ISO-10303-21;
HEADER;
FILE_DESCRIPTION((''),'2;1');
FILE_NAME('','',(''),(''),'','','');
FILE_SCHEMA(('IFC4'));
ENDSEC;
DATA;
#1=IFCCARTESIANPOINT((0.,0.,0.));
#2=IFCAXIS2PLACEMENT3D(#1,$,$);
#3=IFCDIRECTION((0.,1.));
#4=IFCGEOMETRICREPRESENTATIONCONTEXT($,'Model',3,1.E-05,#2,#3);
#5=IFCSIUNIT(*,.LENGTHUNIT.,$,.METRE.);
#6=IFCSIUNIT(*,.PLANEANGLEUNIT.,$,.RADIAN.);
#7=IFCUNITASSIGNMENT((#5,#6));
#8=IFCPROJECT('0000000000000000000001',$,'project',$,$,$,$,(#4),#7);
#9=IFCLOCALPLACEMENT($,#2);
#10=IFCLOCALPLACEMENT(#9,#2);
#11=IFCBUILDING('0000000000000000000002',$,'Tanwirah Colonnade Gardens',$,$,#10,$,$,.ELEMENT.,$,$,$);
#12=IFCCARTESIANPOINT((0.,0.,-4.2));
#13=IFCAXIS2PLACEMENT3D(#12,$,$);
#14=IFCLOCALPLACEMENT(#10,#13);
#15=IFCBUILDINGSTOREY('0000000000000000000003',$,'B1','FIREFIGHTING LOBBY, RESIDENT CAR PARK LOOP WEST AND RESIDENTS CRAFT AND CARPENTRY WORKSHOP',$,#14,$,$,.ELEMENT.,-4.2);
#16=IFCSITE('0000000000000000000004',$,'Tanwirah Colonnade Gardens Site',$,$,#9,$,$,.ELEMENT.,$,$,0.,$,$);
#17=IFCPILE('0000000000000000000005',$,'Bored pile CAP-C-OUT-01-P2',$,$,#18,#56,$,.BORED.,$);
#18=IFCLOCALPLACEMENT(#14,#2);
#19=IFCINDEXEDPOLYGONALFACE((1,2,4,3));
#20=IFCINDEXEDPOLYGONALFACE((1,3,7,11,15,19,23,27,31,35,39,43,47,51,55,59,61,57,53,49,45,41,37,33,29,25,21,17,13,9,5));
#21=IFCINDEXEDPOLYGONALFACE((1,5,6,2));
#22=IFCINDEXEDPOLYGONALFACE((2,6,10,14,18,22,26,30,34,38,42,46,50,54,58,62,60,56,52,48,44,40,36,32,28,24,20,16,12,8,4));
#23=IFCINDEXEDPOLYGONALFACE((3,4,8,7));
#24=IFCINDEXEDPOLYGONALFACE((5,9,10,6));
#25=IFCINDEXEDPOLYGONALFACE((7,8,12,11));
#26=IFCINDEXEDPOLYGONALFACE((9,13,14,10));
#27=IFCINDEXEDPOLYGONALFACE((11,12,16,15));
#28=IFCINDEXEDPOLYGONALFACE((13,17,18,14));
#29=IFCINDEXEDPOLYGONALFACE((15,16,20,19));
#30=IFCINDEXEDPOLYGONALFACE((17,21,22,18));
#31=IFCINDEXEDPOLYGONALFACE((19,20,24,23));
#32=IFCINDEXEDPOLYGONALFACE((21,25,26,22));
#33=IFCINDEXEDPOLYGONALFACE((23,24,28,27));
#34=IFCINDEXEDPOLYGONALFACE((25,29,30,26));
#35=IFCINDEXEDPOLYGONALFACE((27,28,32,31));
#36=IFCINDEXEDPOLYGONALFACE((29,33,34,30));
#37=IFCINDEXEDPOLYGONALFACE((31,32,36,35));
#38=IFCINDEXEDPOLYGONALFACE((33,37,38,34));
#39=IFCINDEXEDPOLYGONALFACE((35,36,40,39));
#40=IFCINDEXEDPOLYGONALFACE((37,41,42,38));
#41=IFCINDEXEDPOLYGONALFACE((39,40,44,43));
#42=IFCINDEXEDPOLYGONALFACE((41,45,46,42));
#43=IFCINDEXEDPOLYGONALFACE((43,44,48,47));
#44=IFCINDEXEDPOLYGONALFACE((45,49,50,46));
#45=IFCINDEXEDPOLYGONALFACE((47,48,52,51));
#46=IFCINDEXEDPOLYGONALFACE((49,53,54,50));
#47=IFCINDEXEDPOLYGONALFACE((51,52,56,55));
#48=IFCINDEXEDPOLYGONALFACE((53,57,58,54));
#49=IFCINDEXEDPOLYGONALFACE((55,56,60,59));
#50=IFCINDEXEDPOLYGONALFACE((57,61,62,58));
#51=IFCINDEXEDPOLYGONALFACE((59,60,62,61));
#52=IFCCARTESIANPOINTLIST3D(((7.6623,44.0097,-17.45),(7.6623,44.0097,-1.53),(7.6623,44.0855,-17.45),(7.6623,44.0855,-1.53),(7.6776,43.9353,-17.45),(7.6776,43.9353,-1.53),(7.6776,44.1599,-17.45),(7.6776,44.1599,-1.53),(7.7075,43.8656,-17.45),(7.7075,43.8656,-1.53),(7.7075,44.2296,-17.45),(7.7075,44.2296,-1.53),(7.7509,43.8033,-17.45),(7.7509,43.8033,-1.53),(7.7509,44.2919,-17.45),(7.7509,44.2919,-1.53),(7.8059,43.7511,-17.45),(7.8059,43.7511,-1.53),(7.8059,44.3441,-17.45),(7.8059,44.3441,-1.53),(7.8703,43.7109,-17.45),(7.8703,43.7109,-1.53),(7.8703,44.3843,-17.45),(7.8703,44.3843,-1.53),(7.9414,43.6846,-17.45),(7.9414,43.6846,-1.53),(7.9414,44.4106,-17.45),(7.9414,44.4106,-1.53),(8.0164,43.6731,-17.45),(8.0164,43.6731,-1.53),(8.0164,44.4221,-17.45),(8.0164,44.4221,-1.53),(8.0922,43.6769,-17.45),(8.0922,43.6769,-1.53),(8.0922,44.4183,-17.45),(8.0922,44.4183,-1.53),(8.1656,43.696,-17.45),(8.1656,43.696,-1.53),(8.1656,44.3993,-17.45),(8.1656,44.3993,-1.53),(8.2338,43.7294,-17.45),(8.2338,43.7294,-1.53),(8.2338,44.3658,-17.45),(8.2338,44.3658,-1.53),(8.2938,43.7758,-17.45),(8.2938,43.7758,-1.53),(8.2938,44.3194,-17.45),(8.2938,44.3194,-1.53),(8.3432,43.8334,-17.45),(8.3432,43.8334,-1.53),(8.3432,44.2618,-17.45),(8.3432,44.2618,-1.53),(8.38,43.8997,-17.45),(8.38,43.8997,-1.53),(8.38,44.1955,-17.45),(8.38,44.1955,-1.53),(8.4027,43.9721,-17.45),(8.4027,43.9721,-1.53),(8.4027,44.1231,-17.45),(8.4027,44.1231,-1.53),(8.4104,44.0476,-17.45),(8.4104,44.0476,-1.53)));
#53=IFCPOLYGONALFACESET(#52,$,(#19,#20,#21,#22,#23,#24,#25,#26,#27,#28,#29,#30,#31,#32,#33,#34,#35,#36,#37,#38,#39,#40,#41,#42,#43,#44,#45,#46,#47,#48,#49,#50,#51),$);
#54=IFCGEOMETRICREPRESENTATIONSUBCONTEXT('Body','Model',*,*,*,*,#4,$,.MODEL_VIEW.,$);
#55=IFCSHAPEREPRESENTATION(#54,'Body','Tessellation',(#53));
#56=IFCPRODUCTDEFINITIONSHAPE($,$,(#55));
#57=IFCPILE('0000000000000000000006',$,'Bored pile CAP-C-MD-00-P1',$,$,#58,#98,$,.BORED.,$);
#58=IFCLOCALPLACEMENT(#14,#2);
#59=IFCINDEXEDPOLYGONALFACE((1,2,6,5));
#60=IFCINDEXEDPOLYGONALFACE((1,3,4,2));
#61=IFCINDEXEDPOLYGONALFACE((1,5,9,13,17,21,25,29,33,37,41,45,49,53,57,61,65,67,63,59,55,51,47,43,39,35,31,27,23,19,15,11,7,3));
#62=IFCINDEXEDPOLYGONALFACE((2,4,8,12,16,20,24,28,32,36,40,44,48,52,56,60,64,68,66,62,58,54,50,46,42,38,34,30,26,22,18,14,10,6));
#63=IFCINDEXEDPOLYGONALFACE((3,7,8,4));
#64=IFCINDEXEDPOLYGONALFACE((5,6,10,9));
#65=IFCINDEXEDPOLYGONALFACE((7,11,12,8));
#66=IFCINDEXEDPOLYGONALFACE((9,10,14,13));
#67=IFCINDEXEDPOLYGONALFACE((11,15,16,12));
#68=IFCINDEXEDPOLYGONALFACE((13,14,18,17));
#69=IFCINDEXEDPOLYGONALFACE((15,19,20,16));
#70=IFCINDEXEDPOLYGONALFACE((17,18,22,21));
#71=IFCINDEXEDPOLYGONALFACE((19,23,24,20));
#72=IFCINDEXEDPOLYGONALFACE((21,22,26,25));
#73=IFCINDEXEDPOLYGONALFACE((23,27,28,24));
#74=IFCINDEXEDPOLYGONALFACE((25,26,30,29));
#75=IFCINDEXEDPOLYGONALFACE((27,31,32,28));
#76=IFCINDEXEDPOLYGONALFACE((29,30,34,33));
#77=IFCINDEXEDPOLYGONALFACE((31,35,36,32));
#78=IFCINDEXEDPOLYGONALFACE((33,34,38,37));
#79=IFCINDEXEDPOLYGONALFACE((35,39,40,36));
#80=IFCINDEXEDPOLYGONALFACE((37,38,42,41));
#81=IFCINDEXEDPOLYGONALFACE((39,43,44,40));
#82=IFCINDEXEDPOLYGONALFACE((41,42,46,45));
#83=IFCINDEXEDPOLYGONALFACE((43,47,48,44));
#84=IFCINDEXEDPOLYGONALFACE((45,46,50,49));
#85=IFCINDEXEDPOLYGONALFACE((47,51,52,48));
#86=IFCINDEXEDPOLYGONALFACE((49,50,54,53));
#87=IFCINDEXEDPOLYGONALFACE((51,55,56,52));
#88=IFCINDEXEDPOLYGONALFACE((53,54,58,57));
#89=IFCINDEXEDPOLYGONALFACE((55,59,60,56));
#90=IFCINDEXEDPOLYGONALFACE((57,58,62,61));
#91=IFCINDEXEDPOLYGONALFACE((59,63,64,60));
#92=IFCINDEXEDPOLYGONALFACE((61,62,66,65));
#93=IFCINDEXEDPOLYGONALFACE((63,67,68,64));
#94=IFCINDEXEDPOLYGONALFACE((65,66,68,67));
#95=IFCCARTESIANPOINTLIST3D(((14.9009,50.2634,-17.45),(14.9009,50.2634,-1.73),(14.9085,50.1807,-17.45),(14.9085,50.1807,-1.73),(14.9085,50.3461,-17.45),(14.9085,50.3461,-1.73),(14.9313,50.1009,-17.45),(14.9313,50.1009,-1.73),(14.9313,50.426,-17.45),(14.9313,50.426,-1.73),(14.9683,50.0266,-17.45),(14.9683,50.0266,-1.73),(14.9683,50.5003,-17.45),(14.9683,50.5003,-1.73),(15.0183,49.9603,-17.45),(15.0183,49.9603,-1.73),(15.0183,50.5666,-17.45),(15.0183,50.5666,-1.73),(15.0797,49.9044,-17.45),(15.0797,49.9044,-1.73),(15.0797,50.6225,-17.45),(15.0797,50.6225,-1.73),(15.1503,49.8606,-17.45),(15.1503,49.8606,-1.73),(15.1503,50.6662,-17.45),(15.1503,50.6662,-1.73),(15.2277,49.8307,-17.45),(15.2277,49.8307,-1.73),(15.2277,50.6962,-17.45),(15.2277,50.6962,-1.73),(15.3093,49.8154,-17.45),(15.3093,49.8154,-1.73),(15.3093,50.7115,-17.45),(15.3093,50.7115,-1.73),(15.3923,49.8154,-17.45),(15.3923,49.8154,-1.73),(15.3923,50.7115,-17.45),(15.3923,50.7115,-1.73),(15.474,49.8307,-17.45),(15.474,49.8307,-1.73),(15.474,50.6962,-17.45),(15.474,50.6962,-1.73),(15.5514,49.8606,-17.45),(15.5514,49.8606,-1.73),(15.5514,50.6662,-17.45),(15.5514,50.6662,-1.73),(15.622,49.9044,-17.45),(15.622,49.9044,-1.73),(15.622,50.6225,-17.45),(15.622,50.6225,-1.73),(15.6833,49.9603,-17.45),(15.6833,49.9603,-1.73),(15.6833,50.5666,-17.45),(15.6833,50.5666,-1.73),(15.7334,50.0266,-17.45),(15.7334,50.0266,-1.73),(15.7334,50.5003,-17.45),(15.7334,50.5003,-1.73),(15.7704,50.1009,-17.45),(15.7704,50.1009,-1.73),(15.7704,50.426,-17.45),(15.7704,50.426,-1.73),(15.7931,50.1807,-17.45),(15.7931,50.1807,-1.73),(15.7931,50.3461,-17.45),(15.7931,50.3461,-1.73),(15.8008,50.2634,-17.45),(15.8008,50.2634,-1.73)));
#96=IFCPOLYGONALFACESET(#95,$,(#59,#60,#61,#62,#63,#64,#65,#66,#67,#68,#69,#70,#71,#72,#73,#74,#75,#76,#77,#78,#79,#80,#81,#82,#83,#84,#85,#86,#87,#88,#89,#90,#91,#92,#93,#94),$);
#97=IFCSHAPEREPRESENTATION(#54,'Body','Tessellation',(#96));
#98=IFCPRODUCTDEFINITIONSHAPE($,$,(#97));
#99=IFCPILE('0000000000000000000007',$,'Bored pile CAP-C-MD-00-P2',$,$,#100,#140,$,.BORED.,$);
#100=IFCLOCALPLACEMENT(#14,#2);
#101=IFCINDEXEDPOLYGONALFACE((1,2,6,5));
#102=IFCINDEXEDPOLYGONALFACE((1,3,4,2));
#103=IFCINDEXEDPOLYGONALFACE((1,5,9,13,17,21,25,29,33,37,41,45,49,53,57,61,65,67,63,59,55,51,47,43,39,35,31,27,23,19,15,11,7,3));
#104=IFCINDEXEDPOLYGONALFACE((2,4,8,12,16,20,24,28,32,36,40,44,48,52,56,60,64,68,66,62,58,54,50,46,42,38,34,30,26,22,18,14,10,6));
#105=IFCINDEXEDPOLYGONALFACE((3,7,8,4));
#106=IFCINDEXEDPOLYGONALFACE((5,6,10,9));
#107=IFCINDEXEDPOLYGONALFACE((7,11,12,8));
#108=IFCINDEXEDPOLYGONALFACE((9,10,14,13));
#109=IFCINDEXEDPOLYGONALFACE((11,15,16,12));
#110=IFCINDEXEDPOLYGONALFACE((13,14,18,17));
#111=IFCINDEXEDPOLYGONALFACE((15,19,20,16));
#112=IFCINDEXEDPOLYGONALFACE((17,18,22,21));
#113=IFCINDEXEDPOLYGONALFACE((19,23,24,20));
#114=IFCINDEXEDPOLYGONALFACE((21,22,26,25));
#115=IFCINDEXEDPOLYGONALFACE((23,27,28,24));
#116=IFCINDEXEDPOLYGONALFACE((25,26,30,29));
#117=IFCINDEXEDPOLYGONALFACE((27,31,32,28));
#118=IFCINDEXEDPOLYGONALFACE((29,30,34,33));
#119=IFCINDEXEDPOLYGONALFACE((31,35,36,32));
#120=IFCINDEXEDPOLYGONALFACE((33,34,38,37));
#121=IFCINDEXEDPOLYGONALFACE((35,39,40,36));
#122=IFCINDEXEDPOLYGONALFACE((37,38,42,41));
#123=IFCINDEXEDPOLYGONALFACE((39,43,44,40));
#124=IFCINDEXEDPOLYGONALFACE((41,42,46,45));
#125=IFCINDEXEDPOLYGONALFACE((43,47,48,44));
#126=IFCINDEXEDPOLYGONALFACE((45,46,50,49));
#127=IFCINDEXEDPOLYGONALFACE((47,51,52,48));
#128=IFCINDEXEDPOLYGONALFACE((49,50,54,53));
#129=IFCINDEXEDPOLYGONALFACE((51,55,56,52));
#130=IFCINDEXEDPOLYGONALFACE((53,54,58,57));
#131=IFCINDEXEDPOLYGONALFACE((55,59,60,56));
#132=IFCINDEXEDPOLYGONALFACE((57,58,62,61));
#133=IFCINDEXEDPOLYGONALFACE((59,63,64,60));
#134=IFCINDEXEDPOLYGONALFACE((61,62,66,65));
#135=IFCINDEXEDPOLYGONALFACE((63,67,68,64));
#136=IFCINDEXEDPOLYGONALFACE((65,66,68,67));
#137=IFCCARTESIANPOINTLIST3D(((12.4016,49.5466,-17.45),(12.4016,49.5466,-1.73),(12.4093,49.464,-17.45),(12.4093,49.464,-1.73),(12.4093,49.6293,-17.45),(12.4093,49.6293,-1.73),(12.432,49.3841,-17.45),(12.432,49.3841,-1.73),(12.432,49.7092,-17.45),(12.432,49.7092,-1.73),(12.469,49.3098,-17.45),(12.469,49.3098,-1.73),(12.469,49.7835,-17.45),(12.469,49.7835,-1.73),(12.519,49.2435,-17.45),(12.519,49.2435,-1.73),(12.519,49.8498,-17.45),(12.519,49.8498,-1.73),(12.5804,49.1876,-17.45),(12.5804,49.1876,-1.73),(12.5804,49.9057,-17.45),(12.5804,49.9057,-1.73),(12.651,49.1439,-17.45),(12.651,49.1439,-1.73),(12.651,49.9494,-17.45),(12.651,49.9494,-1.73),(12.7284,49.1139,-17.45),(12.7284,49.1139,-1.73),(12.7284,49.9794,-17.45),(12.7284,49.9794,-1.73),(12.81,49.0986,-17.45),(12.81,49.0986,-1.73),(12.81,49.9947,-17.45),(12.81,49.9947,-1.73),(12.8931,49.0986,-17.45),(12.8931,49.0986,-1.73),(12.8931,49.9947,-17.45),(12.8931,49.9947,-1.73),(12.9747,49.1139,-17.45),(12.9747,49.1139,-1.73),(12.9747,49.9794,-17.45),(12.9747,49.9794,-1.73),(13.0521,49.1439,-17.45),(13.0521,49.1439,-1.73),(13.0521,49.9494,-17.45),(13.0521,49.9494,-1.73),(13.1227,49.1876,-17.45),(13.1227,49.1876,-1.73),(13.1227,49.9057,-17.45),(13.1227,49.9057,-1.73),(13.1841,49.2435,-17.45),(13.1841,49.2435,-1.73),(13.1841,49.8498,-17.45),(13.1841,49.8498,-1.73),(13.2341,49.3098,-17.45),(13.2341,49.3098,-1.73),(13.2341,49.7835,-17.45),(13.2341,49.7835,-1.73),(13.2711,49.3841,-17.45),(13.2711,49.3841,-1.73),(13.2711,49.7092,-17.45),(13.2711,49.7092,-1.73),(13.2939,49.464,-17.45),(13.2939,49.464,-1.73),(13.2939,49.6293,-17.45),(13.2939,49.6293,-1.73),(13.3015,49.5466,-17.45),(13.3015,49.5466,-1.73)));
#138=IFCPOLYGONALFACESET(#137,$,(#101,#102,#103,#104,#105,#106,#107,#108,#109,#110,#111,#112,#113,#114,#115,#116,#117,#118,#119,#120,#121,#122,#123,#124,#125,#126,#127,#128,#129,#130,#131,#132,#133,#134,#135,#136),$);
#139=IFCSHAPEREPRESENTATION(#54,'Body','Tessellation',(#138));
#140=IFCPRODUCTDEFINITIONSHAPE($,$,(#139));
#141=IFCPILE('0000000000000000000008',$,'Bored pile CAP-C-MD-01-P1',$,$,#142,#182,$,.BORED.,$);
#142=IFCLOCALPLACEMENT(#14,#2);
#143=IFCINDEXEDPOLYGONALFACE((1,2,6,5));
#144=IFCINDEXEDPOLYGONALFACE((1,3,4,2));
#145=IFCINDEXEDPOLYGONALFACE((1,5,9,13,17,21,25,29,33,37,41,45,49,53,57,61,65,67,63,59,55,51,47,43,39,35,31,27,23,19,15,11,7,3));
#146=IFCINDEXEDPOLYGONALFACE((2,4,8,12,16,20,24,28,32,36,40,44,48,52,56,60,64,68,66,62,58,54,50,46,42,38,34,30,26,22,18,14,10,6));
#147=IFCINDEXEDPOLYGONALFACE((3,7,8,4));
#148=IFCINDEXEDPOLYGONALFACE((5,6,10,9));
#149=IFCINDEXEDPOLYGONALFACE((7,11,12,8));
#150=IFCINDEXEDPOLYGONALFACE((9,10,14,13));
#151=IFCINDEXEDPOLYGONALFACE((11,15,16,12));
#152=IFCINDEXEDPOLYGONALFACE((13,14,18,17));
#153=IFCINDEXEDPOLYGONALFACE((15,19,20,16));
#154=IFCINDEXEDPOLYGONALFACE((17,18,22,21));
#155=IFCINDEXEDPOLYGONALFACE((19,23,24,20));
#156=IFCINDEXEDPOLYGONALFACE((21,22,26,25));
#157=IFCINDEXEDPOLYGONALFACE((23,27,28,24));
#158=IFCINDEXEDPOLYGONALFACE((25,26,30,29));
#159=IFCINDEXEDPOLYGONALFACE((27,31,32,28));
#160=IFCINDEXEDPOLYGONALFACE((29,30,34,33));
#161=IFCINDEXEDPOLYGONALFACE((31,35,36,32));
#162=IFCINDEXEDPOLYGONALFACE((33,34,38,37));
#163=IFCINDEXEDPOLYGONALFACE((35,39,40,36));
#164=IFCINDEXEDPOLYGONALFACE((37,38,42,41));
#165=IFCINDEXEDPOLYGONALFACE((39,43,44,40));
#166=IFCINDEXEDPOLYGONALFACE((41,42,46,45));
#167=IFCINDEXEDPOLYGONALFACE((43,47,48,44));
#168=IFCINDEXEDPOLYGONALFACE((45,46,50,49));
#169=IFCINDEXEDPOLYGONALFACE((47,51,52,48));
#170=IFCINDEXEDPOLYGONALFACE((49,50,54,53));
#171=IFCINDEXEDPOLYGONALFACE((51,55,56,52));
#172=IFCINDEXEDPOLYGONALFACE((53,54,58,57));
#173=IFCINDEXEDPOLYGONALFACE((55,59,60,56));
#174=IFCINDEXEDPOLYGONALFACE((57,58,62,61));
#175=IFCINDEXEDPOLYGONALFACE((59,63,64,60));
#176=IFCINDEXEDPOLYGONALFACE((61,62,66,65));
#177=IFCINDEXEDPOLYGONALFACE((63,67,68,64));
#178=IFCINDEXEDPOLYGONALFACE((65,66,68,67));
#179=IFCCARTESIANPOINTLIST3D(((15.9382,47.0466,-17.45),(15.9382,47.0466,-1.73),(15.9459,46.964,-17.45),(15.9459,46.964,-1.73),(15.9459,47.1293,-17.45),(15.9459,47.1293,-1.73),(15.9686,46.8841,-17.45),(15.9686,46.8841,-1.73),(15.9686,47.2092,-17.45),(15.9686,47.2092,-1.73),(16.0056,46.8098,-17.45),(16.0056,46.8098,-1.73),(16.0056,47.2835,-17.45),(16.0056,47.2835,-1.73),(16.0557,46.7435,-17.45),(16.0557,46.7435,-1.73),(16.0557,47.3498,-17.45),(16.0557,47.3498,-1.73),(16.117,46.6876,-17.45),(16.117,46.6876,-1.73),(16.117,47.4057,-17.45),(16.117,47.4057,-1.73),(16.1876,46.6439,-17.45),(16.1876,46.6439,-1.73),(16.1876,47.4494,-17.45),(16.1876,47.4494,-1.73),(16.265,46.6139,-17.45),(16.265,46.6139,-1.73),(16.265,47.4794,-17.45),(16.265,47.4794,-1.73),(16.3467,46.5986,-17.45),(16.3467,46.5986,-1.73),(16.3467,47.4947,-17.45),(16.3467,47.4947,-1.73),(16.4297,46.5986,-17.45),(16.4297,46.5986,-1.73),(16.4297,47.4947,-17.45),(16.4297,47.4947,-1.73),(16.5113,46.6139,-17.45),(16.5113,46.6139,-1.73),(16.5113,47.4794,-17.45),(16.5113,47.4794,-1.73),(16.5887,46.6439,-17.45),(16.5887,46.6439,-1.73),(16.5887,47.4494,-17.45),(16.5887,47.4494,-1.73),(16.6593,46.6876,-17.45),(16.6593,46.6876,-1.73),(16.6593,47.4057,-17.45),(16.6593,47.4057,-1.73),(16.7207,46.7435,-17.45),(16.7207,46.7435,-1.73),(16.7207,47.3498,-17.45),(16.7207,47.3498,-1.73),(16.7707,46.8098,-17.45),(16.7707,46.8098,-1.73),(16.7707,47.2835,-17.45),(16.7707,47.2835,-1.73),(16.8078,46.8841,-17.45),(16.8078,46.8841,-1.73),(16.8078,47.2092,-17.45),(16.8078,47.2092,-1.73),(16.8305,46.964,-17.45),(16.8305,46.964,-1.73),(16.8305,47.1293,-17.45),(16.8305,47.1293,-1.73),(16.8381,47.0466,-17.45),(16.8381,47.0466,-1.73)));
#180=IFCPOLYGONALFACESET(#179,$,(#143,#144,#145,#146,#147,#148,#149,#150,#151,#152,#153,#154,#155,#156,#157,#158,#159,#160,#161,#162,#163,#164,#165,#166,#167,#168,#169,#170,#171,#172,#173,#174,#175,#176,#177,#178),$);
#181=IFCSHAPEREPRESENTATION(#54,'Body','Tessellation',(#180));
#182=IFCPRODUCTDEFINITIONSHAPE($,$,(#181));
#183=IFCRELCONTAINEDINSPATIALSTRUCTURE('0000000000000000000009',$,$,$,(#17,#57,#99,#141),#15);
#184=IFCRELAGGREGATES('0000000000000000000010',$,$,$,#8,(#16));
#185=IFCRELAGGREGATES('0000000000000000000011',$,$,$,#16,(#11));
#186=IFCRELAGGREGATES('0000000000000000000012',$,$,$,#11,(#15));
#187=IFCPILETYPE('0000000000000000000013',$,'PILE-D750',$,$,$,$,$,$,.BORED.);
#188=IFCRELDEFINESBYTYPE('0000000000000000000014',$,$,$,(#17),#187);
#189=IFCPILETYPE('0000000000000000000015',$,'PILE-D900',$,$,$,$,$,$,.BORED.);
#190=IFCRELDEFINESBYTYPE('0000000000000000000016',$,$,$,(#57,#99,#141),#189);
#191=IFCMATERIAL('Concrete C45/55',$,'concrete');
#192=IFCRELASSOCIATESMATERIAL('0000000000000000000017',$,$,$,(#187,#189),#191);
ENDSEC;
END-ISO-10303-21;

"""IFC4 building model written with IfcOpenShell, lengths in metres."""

from ifc_helpers import new_model, si_unit, direction, frame, origin, origin_2d, place, context, subcontext, project, spatial, circle, extrude, material, material_profile, profile_set, type_object, element, save


model = new_model("IFC4")

# Units and contexts
model_context = context("Model", 3, precision=1e-05, world=origin(), true_north=direction((0.0, 1.0)))
body_context = subcontext(model_context, "Body", "Model", "MODEL_VIEW")
ifc_project = project(units=[si_unit("LENGTHUNIT", "METRE"), si_unit("PLANEANGLEUNIT", "RADIAN")], contexts=[model_context])

# Site, building, storey
site_placement = place(None, origin())
site = spatial("IfcSite", under=ifc_project, at=site_placement, Name="Tanwirah Colonnade Gardens Site", CompositionType="ELEMENT", RefElevation=0.0)
building_placement = place(site_placement, origin())
building = spatial("IfcBuilding", under=site, at=building_placement, Name="Tanwirah Colonnade Gardens", CompositionType="ELEMENT")
storey_placement = place(building_placement, frame((0.0, 0.0, -4.2)))
storey = spatial("IfcBuildingStorey", under=building, at=storey_placement, Name="B1", Description="FIREFIGHTING LOBBY, RESIDENT CAR PARK LOOP WEST AND RESIDENTS CRAFT AND CARPENTRY WORKSHOP", CompositionType="ELEMENT", Elevation=-4.2)

# Shared definitions
ifc_material_1 = material(Name="Concrete C45/55", Category="concrete")

# Piles
ifc_material_profile_1 = material_profile(ifc_material_1, circle(Radius=0.375, at=origin_2d()), Name="PILE D750")
ifc_profile_set_1 = profile_set([ifc_material_profile_1], Name="Concrete C45/55")
pile_type_1 = type_object("IfcPileType", Name="PILE-D750", PredefinedType="BORED", material=ifc_profile_set_1)
for number, where, z_axis, x_axis, name in (
    (1, (8.0354, 44.0476, -1.53), (0.0, 0.0, -1.0), (1.0, 0.0, 0.0), "Bored pile CAP-C-OUT-01-P2"),
):
    element("IfcPile", number, at=place(storey_placement, frame(where, z_axis=z_axis, x_axis=x_axis)), inside=storey, type_object=pile_type_1, Name=name, PredefinedType="BORED", context=body_context, shape_type="SweptSolid", body=[
        extrude(circle(Radius=0.375, at=origin_2d()), origin(), (0.0, 0.0, 1.0), 15.9199),
    ])
ifc_material_profile_2 = material_profile(ifc_material_1, circle(Radius=0.45, at=origin_2d()), Name="PILE D900")
ifc_profile_set_2 = profile_set([ifc_material_profile_2], Name="Concrete C45/55")
pile_type_2 = type_object("IfcPileType", Name="PILE-D900", PredefinedType="BORED", material=ifc_profile_set_2)
for number, where, z_axis, x_axis, name in (
    (2, (15.3508, 50.2634, -1.73), (0.0, 0.0, -1.0), (1.0, 0.0, 0.0), "Bored pile CAP-C-MD-00-P1"),
    (3, (12.8516, 49.5466, -1.73), (0.0, 0.0, -1.0), (1.0, 0.0, 0.0), "Bored pile CAP-C-MD-00-P2"),
    (4, (16.3882, 47.0466, -1.73), (0.0, 0.0, -1.0), (1.0, 0.0, 0.0), "Bored pile CAP-C-MD-01-P1"),
):
    element("IfcPile", number, at=place(storey_placement, frame(where, z_axis=z_axis, x_axis=x_axis)), inside=storey, type_object=pile_type_2, Name=name, PredefinedType="BORED", context=body_context, shape_type="SweptSolid", body=[
        extrude(circle(Radius=0.45, at=origin_2d()), origin(), (0.0, 0.0, 1.0), 15.72),
    ])

save(model, "model.ifc")
